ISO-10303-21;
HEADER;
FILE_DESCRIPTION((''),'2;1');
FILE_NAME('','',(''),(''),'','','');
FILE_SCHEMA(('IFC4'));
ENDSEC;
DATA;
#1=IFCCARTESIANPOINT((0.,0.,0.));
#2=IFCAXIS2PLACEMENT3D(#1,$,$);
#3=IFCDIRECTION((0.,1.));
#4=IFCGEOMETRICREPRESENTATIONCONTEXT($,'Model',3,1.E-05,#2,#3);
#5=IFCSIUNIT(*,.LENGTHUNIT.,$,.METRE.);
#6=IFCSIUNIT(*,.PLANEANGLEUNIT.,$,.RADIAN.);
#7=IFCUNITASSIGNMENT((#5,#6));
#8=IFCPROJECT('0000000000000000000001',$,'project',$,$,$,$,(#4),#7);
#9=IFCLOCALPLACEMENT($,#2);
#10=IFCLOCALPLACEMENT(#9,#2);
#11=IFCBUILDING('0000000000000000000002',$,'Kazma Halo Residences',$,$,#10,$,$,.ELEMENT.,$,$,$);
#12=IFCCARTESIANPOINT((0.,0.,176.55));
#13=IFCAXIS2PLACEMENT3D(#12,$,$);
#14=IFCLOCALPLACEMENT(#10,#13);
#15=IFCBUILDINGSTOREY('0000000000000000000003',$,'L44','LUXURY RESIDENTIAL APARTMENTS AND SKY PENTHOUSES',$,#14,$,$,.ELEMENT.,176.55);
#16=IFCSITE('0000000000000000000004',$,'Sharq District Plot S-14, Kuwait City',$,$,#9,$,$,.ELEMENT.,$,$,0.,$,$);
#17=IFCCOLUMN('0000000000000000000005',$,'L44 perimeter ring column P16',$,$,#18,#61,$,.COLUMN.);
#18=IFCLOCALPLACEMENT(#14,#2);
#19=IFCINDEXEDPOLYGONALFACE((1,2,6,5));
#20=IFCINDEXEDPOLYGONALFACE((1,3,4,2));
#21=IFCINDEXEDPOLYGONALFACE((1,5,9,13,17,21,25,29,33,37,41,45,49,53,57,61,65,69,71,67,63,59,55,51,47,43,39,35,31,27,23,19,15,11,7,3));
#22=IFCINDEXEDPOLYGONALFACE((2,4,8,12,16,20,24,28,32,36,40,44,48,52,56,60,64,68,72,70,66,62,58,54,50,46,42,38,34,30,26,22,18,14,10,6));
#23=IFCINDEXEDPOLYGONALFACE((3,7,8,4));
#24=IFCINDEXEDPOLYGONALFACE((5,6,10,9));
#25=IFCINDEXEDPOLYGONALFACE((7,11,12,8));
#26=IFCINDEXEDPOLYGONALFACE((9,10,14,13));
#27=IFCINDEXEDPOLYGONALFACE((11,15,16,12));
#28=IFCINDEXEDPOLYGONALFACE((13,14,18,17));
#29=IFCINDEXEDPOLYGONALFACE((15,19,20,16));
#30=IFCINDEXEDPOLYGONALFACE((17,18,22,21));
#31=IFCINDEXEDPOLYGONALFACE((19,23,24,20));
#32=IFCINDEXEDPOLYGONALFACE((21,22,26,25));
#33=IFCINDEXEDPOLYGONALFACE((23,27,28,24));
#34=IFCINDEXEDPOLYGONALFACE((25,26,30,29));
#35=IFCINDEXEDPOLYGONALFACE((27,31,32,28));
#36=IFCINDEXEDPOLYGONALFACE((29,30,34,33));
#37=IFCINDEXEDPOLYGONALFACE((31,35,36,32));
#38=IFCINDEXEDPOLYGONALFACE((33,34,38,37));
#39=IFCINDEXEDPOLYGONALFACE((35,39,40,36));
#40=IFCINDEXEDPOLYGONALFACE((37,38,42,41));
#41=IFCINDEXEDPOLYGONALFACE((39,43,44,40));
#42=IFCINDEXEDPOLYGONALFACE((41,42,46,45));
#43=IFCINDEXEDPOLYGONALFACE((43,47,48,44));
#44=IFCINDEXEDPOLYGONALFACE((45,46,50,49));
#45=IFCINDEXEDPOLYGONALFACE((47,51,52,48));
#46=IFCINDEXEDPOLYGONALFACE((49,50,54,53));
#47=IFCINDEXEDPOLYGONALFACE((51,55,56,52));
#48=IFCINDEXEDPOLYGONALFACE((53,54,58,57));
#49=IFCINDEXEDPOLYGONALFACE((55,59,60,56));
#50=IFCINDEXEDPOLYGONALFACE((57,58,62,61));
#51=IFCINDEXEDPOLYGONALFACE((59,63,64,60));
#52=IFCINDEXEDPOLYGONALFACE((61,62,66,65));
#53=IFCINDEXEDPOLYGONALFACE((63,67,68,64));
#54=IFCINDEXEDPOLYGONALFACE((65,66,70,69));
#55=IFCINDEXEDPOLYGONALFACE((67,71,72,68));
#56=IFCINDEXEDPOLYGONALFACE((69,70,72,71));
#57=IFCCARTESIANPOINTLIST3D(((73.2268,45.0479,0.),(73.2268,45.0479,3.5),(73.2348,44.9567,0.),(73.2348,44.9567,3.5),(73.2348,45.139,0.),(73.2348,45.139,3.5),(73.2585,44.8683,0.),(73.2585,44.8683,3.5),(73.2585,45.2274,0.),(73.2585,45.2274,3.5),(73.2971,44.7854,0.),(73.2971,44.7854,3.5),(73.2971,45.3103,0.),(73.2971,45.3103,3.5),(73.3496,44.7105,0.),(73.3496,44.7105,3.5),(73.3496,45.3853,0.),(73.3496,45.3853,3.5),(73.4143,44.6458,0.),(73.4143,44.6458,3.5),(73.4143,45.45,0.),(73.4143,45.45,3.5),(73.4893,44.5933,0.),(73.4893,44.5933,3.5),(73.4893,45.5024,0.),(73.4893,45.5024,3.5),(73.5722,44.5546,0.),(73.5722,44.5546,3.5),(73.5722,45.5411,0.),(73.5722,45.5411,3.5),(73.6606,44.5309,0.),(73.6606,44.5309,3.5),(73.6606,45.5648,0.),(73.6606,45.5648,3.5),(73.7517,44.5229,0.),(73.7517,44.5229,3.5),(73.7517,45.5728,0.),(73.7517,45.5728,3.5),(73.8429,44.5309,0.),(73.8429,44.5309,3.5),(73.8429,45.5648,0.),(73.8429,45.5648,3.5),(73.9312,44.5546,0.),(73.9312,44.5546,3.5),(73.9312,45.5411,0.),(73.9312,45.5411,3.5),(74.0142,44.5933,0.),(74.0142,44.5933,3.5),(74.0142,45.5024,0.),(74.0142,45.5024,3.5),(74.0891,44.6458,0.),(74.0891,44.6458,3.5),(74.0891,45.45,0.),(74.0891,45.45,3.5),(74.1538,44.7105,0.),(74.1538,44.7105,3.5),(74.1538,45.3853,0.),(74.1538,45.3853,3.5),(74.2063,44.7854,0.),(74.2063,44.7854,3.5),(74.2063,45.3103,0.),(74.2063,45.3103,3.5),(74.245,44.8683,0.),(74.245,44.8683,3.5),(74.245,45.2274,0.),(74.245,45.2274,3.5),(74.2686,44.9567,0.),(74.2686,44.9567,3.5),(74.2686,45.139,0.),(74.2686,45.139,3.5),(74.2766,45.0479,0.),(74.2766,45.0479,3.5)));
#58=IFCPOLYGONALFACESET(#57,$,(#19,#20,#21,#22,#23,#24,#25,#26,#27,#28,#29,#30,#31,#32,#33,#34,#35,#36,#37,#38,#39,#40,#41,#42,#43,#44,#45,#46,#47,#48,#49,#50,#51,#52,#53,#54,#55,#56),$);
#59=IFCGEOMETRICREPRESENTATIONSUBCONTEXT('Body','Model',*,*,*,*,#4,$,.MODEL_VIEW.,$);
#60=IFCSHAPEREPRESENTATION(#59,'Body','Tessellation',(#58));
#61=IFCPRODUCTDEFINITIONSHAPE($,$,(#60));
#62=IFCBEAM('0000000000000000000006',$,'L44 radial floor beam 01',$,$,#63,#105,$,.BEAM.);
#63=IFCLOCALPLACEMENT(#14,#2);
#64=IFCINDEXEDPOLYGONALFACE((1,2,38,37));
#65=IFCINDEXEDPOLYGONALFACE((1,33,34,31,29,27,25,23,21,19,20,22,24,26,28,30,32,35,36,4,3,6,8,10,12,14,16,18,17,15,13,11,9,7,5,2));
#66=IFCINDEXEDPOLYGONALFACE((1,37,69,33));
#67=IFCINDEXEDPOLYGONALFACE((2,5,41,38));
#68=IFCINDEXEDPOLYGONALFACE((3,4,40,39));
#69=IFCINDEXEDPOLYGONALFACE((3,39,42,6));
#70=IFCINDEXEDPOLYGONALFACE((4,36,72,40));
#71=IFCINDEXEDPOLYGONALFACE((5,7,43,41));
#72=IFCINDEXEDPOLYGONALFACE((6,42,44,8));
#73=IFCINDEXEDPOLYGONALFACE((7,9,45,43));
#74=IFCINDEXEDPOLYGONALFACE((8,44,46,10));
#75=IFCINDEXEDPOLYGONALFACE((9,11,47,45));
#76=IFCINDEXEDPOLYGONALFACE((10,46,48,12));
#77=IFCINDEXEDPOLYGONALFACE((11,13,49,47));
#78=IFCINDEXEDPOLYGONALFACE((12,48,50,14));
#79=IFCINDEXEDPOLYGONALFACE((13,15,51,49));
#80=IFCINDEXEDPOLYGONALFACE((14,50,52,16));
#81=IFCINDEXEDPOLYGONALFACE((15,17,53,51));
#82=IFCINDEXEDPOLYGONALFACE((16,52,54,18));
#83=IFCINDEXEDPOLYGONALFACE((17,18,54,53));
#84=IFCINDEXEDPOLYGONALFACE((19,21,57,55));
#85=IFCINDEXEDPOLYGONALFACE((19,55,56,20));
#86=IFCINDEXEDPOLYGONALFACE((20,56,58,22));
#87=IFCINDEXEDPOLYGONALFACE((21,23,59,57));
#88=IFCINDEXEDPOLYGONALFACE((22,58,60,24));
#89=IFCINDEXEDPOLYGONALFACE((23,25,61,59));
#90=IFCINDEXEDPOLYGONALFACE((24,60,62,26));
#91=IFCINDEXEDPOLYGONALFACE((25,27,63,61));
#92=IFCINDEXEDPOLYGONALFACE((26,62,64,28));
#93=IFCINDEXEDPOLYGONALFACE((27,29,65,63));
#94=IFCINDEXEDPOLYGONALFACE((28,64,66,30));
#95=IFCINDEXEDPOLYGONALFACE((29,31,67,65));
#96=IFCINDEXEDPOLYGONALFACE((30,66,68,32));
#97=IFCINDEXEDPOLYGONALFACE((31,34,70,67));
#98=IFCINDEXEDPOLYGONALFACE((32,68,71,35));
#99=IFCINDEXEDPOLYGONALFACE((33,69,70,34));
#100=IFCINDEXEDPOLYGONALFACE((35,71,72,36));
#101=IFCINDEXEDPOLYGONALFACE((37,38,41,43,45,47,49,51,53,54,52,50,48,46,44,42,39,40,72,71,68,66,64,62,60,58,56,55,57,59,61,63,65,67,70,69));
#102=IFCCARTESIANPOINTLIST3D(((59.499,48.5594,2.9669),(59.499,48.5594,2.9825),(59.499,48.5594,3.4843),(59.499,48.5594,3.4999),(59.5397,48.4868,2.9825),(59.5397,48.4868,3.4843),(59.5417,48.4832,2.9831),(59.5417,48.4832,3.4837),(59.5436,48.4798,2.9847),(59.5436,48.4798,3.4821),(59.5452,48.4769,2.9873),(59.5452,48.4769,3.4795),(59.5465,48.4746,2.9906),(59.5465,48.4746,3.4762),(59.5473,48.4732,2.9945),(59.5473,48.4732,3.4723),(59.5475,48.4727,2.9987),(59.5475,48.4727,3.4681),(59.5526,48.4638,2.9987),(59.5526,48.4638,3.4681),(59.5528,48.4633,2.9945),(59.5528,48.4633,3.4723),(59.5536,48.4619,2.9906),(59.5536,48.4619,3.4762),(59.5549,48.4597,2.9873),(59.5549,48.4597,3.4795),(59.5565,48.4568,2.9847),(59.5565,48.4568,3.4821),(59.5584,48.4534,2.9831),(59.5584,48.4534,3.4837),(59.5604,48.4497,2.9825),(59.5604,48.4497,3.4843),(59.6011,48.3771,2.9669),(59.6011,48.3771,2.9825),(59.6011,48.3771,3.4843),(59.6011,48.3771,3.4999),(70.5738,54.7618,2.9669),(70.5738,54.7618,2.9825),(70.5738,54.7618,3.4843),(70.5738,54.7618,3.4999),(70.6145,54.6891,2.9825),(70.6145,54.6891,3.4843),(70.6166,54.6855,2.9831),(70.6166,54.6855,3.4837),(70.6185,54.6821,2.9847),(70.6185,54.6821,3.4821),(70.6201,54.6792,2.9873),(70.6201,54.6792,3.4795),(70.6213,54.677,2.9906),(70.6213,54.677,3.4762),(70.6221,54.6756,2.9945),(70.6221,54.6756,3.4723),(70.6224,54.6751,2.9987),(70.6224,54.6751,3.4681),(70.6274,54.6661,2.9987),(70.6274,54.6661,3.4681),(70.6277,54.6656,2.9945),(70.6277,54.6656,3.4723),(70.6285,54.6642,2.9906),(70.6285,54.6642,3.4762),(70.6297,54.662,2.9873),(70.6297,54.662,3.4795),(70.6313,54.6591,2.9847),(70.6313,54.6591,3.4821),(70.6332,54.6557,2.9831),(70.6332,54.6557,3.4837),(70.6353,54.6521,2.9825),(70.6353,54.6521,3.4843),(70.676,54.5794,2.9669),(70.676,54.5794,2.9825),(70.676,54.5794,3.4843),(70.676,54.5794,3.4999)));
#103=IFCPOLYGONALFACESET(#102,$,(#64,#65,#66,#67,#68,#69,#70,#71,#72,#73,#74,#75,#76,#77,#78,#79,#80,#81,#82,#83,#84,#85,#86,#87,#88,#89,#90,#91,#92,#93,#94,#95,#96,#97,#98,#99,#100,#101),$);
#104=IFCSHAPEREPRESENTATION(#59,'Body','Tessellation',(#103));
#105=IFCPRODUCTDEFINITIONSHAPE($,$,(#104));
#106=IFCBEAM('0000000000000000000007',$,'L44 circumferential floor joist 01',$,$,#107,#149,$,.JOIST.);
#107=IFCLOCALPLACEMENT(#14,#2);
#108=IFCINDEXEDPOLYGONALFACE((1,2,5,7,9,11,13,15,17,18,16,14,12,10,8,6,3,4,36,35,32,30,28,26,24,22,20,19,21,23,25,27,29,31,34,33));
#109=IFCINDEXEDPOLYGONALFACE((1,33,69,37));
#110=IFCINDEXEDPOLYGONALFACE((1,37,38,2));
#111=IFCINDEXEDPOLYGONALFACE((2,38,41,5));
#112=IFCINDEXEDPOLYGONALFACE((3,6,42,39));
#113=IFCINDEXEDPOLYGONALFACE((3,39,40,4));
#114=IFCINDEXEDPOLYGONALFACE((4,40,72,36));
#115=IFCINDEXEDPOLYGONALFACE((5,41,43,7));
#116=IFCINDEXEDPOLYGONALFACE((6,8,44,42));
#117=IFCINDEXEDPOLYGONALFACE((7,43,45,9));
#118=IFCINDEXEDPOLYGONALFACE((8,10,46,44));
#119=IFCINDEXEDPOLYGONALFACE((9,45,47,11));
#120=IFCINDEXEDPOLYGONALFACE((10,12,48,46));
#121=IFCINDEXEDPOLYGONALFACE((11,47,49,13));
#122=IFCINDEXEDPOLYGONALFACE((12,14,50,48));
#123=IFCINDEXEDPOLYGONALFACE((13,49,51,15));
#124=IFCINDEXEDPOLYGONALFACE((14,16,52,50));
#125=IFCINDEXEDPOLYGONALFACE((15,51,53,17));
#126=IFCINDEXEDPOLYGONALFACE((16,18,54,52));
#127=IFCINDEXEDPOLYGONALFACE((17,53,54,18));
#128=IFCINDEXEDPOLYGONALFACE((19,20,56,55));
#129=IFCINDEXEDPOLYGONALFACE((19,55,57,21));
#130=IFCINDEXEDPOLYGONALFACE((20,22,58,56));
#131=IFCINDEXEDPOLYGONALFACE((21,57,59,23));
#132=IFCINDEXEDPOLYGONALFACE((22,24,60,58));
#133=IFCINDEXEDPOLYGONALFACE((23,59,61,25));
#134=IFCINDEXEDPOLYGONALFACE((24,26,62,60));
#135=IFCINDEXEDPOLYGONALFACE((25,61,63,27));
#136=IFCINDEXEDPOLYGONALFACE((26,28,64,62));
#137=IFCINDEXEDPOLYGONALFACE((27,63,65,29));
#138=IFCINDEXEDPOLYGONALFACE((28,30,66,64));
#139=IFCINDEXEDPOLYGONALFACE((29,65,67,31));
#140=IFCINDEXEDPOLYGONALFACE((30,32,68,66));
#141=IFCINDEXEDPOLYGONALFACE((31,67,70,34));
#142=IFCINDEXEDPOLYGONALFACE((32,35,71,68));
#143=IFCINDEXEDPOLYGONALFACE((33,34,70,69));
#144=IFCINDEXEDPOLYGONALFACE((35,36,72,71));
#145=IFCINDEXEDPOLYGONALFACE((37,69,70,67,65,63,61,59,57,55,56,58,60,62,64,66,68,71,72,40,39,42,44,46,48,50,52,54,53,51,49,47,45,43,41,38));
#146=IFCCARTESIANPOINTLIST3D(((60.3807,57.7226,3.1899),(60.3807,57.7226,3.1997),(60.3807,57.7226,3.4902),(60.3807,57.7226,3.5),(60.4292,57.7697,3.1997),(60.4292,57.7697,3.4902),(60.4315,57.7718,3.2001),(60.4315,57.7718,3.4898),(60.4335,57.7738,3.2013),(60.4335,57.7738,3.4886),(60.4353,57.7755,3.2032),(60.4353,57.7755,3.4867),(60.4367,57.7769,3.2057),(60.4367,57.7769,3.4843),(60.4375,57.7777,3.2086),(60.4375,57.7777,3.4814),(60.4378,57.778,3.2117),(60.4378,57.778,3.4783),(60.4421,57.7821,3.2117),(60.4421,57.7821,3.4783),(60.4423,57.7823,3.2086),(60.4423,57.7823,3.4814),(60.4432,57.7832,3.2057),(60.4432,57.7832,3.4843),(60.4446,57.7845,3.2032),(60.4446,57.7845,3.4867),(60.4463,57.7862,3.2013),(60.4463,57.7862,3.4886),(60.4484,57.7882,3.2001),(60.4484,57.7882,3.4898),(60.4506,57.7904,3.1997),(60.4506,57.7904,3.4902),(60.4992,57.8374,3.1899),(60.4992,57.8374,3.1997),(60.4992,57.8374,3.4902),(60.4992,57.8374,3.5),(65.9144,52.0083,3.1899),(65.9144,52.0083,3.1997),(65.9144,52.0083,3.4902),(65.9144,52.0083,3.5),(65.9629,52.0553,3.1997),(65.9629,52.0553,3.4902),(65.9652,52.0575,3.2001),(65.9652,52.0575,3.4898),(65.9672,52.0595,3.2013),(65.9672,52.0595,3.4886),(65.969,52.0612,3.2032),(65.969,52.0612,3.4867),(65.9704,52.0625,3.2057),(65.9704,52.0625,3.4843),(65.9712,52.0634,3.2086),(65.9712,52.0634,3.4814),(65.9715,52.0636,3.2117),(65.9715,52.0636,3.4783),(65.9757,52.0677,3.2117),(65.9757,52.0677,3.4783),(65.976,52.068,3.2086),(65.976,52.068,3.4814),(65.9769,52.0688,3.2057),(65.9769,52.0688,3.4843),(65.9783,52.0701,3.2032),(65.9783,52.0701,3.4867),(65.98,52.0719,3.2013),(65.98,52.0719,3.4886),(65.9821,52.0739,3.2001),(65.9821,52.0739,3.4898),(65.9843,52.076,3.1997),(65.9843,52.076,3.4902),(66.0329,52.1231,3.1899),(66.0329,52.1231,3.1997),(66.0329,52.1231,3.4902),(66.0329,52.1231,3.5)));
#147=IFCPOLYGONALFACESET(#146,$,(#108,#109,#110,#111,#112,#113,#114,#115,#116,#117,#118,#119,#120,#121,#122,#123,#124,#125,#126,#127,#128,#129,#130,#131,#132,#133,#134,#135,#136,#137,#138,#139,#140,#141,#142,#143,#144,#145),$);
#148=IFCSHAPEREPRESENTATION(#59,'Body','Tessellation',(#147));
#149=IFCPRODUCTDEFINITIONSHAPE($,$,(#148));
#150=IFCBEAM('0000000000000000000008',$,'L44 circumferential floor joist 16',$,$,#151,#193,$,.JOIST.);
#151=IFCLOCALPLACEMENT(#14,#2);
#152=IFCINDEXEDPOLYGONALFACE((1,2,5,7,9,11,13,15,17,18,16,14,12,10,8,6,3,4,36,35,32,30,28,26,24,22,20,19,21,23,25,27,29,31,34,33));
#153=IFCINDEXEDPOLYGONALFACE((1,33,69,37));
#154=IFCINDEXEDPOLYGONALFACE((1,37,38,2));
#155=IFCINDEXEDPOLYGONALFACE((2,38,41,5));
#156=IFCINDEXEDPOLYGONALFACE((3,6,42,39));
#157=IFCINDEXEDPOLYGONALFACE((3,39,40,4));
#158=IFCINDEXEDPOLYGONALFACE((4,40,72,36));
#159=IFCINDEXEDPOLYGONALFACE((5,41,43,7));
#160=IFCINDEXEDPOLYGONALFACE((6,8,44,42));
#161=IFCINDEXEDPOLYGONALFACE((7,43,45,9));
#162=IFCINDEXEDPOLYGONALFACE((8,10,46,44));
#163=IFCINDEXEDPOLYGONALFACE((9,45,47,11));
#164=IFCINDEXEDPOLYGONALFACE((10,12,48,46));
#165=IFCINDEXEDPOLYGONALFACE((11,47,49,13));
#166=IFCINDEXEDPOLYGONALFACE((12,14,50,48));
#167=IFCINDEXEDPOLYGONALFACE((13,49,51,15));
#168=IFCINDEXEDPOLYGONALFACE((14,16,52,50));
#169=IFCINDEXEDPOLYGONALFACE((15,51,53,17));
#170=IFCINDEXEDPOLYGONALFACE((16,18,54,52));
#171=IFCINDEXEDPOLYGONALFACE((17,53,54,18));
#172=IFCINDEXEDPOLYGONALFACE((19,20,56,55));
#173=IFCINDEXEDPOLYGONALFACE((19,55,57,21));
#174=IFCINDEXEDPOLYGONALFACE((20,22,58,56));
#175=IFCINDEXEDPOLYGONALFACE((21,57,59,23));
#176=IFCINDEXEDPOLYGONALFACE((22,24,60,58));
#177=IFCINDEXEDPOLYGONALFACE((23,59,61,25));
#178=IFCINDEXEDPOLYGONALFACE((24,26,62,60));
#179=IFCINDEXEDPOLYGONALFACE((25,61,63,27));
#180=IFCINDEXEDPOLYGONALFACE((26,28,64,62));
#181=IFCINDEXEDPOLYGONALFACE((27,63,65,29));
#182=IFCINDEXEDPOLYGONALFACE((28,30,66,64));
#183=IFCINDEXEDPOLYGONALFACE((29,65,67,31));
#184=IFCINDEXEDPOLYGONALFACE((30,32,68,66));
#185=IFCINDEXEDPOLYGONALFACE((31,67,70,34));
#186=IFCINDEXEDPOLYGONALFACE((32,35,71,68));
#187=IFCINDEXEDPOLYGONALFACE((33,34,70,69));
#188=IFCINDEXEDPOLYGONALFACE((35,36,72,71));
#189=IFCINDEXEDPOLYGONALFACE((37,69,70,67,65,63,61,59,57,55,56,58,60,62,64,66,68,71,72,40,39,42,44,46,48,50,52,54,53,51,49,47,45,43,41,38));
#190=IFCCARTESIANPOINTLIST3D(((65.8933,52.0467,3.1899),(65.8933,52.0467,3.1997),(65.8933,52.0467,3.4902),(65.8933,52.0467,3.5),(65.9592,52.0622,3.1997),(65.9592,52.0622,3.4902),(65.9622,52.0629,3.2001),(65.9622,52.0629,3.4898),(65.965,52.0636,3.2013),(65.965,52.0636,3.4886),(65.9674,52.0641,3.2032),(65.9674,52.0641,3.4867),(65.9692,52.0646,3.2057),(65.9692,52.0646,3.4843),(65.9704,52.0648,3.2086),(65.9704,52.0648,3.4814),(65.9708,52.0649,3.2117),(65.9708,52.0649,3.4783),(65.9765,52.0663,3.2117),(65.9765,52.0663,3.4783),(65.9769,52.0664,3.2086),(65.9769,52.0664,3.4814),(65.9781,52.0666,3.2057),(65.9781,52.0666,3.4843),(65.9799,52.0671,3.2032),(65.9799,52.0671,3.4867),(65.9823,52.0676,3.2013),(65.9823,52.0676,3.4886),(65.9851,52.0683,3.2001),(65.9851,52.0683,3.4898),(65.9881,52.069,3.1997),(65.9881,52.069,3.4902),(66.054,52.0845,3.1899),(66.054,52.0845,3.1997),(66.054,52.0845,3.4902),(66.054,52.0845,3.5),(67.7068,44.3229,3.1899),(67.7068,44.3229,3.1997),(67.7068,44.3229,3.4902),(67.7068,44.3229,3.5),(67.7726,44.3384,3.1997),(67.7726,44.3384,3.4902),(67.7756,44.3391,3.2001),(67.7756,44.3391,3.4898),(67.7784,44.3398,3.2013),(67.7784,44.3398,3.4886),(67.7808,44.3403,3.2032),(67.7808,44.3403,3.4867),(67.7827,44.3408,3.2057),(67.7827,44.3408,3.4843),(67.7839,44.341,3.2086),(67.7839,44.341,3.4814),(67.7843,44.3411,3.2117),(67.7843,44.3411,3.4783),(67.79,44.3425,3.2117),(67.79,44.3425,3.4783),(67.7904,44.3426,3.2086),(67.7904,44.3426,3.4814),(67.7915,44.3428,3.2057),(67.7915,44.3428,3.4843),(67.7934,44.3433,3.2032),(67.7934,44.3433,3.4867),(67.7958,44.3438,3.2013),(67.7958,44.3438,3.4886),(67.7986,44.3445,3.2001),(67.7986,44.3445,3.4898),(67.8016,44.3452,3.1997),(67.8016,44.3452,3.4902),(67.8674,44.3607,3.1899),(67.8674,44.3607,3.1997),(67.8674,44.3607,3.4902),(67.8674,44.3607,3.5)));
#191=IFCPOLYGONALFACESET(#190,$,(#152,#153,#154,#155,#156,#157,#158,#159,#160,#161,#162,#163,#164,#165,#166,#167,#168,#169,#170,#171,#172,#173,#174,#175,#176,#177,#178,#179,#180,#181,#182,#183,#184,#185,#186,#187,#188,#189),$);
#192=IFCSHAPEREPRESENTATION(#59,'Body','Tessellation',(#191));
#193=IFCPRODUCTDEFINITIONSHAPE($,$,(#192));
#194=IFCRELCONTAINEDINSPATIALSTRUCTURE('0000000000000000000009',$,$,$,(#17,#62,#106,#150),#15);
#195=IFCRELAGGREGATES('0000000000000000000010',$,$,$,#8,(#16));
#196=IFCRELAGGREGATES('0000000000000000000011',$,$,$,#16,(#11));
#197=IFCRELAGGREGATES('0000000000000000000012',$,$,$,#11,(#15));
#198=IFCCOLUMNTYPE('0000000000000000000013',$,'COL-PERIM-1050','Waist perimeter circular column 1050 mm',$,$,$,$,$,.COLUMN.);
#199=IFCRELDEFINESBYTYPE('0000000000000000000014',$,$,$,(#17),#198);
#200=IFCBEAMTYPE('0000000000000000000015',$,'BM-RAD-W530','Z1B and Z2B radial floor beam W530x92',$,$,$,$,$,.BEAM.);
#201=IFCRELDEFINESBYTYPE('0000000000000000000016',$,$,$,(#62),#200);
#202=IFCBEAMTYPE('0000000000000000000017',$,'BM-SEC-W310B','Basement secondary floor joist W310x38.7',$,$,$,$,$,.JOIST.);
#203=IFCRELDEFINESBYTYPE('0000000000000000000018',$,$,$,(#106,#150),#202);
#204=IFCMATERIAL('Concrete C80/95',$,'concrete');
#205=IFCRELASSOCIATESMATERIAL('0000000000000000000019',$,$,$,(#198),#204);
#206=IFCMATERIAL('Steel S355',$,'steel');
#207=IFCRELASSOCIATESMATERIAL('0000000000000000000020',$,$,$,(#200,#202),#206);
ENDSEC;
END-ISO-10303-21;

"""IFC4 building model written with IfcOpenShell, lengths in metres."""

from ifc_helpers import new_model, si_unit, direction, frame, origin, origin_2d, place, context, subcontext, project, spatial, circle, i_section, extrude, material, material_profile, profile_set, type_object, element, save


model = new_model("IFC4")

# Units and contexts
model_context = context("Model", 3, precision=1e-05, world=origin(), true_north=direction((0.0, 1.0)))
body_context = subcontext(model_context, "Body", "Model", "MODEL_VIEW")
ifc_project = project(units=[si_unit("LENGTHUNIT", "METRE"), si_unit("PLANEANGLEUNIT", "RADIAN")], contexts=[model_context])

# Site, building, storey
site_placement = place(None, origin())
site = spatial("IfcSite", under=ifc_project, at=site_placement, Name="Sharq District Plot S-14, Kuwait City", CompositionType="ELEMENT", RefElevation=0.0)
building_placement = place(site_placement, origin())
building = spatial("IfcBuilding", under=site, at=building_placement, Name="Kazma Halo Residences", CompositionType="ELEMENT")
storey_placement = place(building_placement, frame((0.0, 0.0, 176.55)))
storey = spatial("IfcBuildingStorey", under=building, at=storey_placement, Name="L44", Description="LUXURY RESIDENTIAL APARTMENTS AND SKY PENTHOUSES", CompositionType="ELEMENT", Elevation=176.55)

# Column
ifc_material_1 = material(Name="Concrete C80/95", Category="concrete")
ifc_material_profile_1 = material_profile(ifc_material_1, circle(Radius=0.5249, at=origin_2d()), Name="CIRC1050")
ifc_profile_set_1 = profile_set([ifc_material_profile_1], Name="Concrete C80/95")
column_type = type_object("IfcColumnType", Name="COL-PERIM-1050", Description="Waist perimeter circular column 1050 mm", PredefinedType="COLUMN", material=ifc_profile_set_1)
column_placement = place(storey_placement, frame((73.7517, 45.0479, 0.0), z_axis=(0.0, 0.0, 1.0), x_axis=(1.0, 0.0, 0.0)))
element("IfcColumn", 1, at=column_placement, inside=storey, type_object=column_type, Name="L44 perimeter ring column P16", PredefinedType="COLUMN", context=body_context, shape_type="SweptSolid", body=[
    extrude(circle(Radius=0.5249, at=origin_2d()), origin(), (0.0, 0.0, 1.0), 3.5),
])

# Beams
ifc_material_2 = material(Name="Steel S355", Category="steel")
ifc_material_profile_2 = material_profile(ifc_material_2, i_section(OverallWidth=0.209, OverallDepth=0.533, WebThickness=0.0103, FlangeThickness=0.0156, FilletRadius=0.0161, at=origin_2d()), Name="W530x92")
ifc_profile_set_2 = profile_set([ifc_material_profile_2], Name="Steel S355")
beam_type_1 = type_object("IfcBeamType", Name="BM-RAD-W530", Description="Z1B and Z2B radial floor beam W530x92", PredefinedType="BEAM", material=ifc_profile_set_2)
beam_1_placement = place(storey_placement, frame((59.55, 48.4683, 3.2334), z_axis=(0.872492, 0.488629, 0.0), x_axis=(-0.488629, 0.872492, 0.0)))
element("IfcBeam", 2, at=beam_1_placement, inside=storey, type_object=beam_type_1, Name="L44 radial floor beam 01", PredefinedType="BEAM", context=body_context, shape_type="SweptSolid", body=[
    extrude(i_section(OverallWidth=0.209, OverallDepth=0.533, WebThickness=0.0103, FlangeThickness=0.0156, FilletRadius=0.0161, at=origin_2d()), origin(), (0.0, 0.0, 1.0), 12.6934),
])
ifc_material_profile_3 = material_profile(ifc_material_2, i_section(OverallWidth=0.165, OverallDepth=0.3101, WebThickness=0.0059, FlangeThickness=0.0098, FilletRadius=0.012, at=origin_2d()), Name="W310x38.7")
ifc_profile_set_3 = profile_set([ifc_material_profile_3], Name="Steel S355")
beam_type_2 = type_object("IfcBeamType", Name="BM-SEC-W310B", Description="Basement secondary floor joist W310x38.7", PredefinedType="JOIST", material=ifc_profile_set_3)
beam_2_placement = place(storey_placement, frame((65.9736, 52.0657, 3.345), z_axis=(-0.69566, 0.718372, 0.0), x_axis=(-0.718372, -0.69566, 0.0)))
element("IfcBeam", 3, at=beam_2_placement, inside=storey, type_object=beam_type_2, Name="L44 circumferential floor joist 01", PredefinedType="JOIST", context=body_context, shape_type="SweptSolid", body=[
    extrude(i_section(OverallWidth=0.165, OverallDepth=0.3101, WebThickness=0.0059, FlangeThickness=0.0098, FilletRadius=0.012, at=origin_2d()), origin(), (0.0, 0.0, 1.0), 7.9546),
])
beam_3_placement = place(storey_placement, frame((67.7871, 44.3418, 3.345), z_axis=(-0.228573, 0.973527, 0.0), x_axis=(-0.973527, -0.228573, 0.0)))
element("IfcBeam", 4, at=beam_3_placement, inside=storey, type_object=beam_type_2, Name="L44 circumferential floor joist 16", PredefinedType="JOIST", context=body_context, shape_type="SweptSolid", body=[
    extrude(i_section(OverallWidth=0.165, OverallDepth=0.3101, WebThickness=0.0059, FlangeThickness=0.0098, FilletRadius=0.012, at=origin_2d()), origin(), (0.0, 0.0, 1.0), 7.9338),
])

save(model, "model.ifc")
